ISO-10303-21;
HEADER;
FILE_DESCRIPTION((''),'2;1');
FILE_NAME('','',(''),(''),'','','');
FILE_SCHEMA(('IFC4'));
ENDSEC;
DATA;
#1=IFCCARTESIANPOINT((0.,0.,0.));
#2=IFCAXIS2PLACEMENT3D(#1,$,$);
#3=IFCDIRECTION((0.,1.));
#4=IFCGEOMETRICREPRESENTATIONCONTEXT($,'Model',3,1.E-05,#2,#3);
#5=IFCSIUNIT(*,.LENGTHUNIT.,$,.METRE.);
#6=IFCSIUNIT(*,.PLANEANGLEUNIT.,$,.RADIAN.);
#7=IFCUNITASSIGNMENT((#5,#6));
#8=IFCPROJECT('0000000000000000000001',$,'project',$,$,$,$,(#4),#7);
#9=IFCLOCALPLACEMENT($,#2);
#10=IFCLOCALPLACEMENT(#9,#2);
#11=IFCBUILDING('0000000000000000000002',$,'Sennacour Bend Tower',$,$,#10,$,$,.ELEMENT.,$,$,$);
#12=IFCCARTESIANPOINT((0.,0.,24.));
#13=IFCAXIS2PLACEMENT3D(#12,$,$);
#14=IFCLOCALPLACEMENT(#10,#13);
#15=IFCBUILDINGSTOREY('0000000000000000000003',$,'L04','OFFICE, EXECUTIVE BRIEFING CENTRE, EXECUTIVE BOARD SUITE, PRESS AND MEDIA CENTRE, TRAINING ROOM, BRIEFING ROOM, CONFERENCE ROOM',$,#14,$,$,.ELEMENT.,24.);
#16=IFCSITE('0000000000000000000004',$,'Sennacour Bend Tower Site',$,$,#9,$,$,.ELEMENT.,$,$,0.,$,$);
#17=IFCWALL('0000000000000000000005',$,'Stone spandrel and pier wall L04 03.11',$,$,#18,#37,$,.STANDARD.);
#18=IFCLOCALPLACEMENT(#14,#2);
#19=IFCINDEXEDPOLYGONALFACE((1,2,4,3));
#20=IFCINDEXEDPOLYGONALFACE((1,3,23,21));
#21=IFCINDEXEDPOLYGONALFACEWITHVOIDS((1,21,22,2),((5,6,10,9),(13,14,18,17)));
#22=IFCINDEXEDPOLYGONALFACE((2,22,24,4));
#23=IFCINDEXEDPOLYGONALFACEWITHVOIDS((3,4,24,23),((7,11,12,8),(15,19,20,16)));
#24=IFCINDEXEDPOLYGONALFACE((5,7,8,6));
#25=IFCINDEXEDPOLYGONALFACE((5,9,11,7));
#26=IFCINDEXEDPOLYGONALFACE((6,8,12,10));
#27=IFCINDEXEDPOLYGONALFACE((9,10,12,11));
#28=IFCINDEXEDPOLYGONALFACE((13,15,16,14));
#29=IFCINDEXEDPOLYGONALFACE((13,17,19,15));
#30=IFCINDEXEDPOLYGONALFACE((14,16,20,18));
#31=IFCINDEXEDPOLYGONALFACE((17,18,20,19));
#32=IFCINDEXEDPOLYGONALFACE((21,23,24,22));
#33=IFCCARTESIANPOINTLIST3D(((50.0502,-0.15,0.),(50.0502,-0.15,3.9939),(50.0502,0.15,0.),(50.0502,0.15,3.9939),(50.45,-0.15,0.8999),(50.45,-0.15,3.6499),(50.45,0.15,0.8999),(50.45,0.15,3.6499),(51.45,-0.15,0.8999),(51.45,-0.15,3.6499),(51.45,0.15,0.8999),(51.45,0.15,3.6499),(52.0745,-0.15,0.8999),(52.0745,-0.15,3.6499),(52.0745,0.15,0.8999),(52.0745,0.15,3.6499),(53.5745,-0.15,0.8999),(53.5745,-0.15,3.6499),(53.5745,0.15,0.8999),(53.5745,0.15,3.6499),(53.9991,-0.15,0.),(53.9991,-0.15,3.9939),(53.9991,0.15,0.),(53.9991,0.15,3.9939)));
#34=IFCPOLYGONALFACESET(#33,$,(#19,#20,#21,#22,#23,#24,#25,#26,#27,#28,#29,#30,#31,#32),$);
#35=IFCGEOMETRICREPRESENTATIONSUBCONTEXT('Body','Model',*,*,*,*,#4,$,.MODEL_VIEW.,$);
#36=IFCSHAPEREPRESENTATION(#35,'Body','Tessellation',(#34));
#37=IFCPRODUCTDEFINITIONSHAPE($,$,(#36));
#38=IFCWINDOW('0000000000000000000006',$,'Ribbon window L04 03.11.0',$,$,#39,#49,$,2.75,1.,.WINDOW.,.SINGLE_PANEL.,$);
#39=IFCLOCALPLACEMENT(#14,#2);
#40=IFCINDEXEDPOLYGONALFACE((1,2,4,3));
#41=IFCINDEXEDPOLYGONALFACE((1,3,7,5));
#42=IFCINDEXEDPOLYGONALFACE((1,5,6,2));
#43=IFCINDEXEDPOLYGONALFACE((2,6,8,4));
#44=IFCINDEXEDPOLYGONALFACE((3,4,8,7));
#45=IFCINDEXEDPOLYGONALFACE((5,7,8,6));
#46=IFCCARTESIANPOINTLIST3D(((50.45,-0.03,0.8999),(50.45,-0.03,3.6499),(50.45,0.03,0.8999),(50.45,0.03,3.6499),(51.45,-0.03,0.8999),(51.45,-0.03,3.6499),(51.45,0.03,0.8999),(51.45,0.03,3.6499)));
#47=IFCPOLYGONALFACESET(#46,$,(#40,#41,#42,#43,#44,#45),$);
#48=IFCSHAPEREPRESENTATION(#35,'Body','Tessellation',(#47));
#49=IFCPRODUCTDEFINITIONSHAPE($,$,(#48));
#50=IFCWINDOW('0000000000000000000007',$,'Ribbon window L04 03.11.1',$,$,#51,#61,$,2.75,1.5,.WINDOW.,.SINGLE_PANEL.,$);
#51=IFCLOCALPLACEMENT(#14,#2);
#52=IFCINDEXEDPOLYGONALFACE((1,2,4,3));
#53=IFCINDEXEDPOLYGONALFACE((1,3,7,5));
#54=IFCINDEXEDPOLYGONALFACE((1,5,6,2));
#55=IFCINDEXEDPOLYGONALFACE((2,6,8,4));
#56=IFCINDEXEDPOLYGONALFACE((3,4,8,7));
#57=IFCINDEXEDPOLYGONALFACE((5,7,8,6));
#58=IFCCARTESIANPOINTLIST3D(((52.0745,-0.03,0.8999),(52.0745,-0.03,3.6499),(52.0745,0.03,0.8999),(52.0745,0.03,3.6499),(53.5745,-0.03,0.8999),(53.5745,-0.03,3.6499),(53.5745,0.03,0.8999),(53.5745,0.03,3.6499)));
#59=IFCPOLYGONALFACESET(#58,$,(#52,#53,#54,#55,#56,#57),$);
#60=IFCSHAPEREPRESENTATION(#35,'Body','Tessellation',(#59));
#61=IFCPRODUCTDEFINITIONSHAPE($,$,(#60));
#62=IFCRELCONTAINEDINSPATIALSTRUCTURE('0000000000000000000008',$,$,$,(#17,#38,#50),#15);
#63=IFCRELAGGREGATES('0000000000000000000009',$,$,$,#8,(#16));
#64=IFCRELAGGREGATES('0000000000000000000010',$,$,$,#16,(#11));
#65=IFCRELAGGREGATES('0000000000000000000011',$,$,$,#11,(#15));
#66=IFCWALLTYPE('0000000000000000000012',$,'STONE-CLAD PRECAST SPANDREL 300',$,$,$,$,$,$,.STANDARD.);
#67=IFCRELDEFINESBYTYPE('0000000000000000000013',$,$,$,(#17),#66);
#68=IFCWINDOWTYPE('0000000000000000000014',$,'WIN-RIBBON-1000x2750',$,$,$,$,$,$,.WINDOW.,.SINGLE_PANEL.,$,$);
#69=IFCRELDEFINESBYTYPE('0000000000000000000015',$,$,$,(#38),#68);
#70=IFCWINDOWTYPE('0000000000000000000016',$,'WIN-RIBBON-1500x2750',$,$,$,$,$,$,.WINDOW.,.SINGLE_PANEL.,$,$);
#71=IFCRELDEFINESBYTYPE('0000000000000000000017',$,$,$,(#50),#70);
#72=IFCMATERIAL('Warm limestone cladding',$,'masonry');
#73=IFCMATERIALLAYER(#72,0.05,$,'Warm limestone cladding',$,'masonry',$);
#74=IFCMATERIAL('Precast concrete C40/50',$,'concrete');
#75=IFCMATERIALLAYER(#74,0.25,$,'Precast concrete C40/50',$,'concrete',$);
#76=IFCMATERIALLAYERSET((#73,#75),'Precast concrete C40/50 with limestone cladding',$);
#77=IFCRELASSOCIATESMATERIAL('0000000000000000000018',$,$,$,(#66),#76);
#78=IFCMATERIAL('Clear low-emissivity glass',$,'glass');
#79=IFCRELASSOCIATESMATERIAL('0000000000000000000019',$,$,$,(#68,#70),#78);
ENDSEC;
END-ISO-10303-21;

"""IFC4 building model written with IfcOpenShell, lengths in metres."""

from ifc_helpers import new_model, si_unit, direction, frame, frame_2d, origin, place, context, subcontext, project, spatial, rectangle, extrude, material, layer, layer_set, type_object, element, fill, save


model = new_model("IFC4")

# Units and contexts
model_context = context("Model", 3, precision=1e-05, world=origin(), true_north=direction((0.0, 1.0)))
body_context = subcontext(model_context, "Body", "Model", "MODEL_VIEW")
ifc_project = project(units=[si_unit("LENGTHUNIT", "METRE"), si_unit("PLANEANGLEUNIT", "RADIAN")], contexts=[model_context])

# Site, building, storey
site_placement = place(None, origin())
site = spatial("IfcSite", under=ifc_project, at=site_placement, Name="Sennacour Bend Tower Site", CompositionType="ELEMENT", RefElevation=0.0)
building_placement = place(site_placement, origin())
building = spatial("IfcBuilding", under=site, at=building_placement, Name="Sennacour Bend Tower", CompositionType="ELEMENT")
storey_placement = place(building_placement, frame((0.0, 0.0, 24.0)))
storey = spatial("IfcBuildingStorey", under=building, at=storey_placement, Name="L04", Description="OFFICE, EXECUTIVE BRIEFING CENTRE, EXECUTIVE BOARD SUITE, PRESS AND MEDIA CENTRE, TRAINING ROOM, BRIEFING ROOM, CONFERENCE ROOM", CompositionType="ELEMENT", Elevation=24.0)

# Wall, openings, windows
ifc_material_1 = material(Name="Warm limestone cladding", Category="masonry")
ifc_layer_1 = layer(ifc_material_1, 0.05, Name="Warm limestone cladding", Category="masonry")
ifc_material_2 = material(Name="Precast concrete C40/50", Category="concrete")
ifc_layer_2 = layer(ifc_material_2, 0.25, Name="Precast concrete C40/50", Category="concrete")
ifc_layer_set_1 = layer_set([ifc_layer_1, ifc_layer_2], Name="Precast concrete C40/50 with limestone cladding")
wall_type_1 = type_object("IfcWallType", Name="STONE-CLAD PRECAST SPANDREL 300", PredefinedType="STANDARD", material=ifc_layer_set_1)
ifc_material_3 = material(Name="Clear low-emissivity glass", Category="glass")
window_type_1 = type_object("IfcWindowType", Name="WIN-RIBBON-1000x2750", PartitioningType="SINGLE_PANEL", PredefinedType="WINDOW", material=ifc_material_3)
wall_1_placement = place(storey_placement, frame((50.05, 0.0, 0.0), z_axis=(0.0, 0.0, 1.0), x_axis=(1.0, 0.0, 0.0)))
wall_1 = element("IfcWall", 1, at=wall_1_placement, inside=storey, type_object=wall_type_1, Name="Stone spandrel and pier wall L04 03.11", PredefinedType="STANDARD", context=body_context, shape_type="SweptSolid", body=[
    extrude(rectangle(XDim=3.949, YDim=0.3, at=frame_2d((1.9746, 0.0))), origin(), (0.0, 0.0, 1.0), 3.9939),
])
opening_1_placement = place(wall_1_placement, frame((0.3999, 0.0, 0.8999)))
opening_1 = element("IfcOpeningElement", 2, at=opening_1_placement, cuts=wall_1, PredefinedType="OPENING", context=body_context, shape_type="SweptSolid", body=[
    extrude(rectangle(XDim=1.0, YDim=2.75, at=frame_2d((0.5, 1.375))), frame((0.0, 0.1602, 0.0), z_axis=(0.0, -1.0, 0.0), x_axis=(1.0, 0.0, 0.0)), (0.0, 0.0, 1.0), 0.3201),
])
opening_2_placement = place(wall_1_placement, frame((2.0244, 0.0, 0.8999)))
opening_2 = element("IfcOpeningElement", 3, at=opening_2_placement, cuts=wall_1, PredefinedType="OPENING", context=body_context, shape_type="SweptSolid", body=[
    extrude(rectangle(XDim=1.5, YDim=2.75, at=frame_2d((0.75, 1.375))), frame((0.0, 0.1602, 0.0), z_axis=(0.0, -1.0, 0.0), x_axis=(1.0, 0.0, 0.0)), (0.0, 0.0, 1.0), 0.3201),
])
window_1_placement = place(opening_1_placement, origin())
window_1 = element("IfcWindow", 4, at=window_1_placement, inside=storey, type_object=window_type_1, Name="Ribbon window L04 03.11.0", OverallHeight=2.75, OverallWidth=1.0, PartitioningType="SINGLE_PANEL", PredefinedType="WINDOW", context=body_context, shape_type="SweptSolid", body=[
    extrude(rectangle(XDim=1.0, YDim=2.75, at=frame_2d((0.5, 1.375))), frame((0.0, 0.03, 0.0), z_axis=(0.0, -1.0, 0.0), x_axis=(1.0, 0.0, 0.0)), (0.0, 0.0, 1.0), 0.0601),
])
fill(opening_1, window_1)
window_type_2 = type_object("IfcWindowType", Name="WIN-RIBBON-1500x2750", PartitioningType="SINGLE_PANEL", PredefinedType="WINDOW", material=ifc_material_3)
window_2_placement = place(opening_2_placement, origin())
window_2 = element("IfcWindow", 5, at=window_2_placement, inside=storey, type_object=window_type_2, Name="Ribbon window L04 03.11.1", OverallHeight=2.75, OverallWidth=1.5, PartitioningType="SINGLE_PANEL", PredefinedType="WINDOW", context=body_context, shape_type="SweptSolid", body=[
    extrude(rectangle(XDim=1.5, YDim=2.75, at=frame_2d((0.75, 1.375))), frame((0.0, 0.03, 0.0), z_axis=(0.0, -1.0, 0.0), x_axis=(1.0, 0.0, 0.0)), (0.0, 0.0, 1.0), 0.0601),
])
fill(opening_2, window_2)

save(model, "model.ifc")
